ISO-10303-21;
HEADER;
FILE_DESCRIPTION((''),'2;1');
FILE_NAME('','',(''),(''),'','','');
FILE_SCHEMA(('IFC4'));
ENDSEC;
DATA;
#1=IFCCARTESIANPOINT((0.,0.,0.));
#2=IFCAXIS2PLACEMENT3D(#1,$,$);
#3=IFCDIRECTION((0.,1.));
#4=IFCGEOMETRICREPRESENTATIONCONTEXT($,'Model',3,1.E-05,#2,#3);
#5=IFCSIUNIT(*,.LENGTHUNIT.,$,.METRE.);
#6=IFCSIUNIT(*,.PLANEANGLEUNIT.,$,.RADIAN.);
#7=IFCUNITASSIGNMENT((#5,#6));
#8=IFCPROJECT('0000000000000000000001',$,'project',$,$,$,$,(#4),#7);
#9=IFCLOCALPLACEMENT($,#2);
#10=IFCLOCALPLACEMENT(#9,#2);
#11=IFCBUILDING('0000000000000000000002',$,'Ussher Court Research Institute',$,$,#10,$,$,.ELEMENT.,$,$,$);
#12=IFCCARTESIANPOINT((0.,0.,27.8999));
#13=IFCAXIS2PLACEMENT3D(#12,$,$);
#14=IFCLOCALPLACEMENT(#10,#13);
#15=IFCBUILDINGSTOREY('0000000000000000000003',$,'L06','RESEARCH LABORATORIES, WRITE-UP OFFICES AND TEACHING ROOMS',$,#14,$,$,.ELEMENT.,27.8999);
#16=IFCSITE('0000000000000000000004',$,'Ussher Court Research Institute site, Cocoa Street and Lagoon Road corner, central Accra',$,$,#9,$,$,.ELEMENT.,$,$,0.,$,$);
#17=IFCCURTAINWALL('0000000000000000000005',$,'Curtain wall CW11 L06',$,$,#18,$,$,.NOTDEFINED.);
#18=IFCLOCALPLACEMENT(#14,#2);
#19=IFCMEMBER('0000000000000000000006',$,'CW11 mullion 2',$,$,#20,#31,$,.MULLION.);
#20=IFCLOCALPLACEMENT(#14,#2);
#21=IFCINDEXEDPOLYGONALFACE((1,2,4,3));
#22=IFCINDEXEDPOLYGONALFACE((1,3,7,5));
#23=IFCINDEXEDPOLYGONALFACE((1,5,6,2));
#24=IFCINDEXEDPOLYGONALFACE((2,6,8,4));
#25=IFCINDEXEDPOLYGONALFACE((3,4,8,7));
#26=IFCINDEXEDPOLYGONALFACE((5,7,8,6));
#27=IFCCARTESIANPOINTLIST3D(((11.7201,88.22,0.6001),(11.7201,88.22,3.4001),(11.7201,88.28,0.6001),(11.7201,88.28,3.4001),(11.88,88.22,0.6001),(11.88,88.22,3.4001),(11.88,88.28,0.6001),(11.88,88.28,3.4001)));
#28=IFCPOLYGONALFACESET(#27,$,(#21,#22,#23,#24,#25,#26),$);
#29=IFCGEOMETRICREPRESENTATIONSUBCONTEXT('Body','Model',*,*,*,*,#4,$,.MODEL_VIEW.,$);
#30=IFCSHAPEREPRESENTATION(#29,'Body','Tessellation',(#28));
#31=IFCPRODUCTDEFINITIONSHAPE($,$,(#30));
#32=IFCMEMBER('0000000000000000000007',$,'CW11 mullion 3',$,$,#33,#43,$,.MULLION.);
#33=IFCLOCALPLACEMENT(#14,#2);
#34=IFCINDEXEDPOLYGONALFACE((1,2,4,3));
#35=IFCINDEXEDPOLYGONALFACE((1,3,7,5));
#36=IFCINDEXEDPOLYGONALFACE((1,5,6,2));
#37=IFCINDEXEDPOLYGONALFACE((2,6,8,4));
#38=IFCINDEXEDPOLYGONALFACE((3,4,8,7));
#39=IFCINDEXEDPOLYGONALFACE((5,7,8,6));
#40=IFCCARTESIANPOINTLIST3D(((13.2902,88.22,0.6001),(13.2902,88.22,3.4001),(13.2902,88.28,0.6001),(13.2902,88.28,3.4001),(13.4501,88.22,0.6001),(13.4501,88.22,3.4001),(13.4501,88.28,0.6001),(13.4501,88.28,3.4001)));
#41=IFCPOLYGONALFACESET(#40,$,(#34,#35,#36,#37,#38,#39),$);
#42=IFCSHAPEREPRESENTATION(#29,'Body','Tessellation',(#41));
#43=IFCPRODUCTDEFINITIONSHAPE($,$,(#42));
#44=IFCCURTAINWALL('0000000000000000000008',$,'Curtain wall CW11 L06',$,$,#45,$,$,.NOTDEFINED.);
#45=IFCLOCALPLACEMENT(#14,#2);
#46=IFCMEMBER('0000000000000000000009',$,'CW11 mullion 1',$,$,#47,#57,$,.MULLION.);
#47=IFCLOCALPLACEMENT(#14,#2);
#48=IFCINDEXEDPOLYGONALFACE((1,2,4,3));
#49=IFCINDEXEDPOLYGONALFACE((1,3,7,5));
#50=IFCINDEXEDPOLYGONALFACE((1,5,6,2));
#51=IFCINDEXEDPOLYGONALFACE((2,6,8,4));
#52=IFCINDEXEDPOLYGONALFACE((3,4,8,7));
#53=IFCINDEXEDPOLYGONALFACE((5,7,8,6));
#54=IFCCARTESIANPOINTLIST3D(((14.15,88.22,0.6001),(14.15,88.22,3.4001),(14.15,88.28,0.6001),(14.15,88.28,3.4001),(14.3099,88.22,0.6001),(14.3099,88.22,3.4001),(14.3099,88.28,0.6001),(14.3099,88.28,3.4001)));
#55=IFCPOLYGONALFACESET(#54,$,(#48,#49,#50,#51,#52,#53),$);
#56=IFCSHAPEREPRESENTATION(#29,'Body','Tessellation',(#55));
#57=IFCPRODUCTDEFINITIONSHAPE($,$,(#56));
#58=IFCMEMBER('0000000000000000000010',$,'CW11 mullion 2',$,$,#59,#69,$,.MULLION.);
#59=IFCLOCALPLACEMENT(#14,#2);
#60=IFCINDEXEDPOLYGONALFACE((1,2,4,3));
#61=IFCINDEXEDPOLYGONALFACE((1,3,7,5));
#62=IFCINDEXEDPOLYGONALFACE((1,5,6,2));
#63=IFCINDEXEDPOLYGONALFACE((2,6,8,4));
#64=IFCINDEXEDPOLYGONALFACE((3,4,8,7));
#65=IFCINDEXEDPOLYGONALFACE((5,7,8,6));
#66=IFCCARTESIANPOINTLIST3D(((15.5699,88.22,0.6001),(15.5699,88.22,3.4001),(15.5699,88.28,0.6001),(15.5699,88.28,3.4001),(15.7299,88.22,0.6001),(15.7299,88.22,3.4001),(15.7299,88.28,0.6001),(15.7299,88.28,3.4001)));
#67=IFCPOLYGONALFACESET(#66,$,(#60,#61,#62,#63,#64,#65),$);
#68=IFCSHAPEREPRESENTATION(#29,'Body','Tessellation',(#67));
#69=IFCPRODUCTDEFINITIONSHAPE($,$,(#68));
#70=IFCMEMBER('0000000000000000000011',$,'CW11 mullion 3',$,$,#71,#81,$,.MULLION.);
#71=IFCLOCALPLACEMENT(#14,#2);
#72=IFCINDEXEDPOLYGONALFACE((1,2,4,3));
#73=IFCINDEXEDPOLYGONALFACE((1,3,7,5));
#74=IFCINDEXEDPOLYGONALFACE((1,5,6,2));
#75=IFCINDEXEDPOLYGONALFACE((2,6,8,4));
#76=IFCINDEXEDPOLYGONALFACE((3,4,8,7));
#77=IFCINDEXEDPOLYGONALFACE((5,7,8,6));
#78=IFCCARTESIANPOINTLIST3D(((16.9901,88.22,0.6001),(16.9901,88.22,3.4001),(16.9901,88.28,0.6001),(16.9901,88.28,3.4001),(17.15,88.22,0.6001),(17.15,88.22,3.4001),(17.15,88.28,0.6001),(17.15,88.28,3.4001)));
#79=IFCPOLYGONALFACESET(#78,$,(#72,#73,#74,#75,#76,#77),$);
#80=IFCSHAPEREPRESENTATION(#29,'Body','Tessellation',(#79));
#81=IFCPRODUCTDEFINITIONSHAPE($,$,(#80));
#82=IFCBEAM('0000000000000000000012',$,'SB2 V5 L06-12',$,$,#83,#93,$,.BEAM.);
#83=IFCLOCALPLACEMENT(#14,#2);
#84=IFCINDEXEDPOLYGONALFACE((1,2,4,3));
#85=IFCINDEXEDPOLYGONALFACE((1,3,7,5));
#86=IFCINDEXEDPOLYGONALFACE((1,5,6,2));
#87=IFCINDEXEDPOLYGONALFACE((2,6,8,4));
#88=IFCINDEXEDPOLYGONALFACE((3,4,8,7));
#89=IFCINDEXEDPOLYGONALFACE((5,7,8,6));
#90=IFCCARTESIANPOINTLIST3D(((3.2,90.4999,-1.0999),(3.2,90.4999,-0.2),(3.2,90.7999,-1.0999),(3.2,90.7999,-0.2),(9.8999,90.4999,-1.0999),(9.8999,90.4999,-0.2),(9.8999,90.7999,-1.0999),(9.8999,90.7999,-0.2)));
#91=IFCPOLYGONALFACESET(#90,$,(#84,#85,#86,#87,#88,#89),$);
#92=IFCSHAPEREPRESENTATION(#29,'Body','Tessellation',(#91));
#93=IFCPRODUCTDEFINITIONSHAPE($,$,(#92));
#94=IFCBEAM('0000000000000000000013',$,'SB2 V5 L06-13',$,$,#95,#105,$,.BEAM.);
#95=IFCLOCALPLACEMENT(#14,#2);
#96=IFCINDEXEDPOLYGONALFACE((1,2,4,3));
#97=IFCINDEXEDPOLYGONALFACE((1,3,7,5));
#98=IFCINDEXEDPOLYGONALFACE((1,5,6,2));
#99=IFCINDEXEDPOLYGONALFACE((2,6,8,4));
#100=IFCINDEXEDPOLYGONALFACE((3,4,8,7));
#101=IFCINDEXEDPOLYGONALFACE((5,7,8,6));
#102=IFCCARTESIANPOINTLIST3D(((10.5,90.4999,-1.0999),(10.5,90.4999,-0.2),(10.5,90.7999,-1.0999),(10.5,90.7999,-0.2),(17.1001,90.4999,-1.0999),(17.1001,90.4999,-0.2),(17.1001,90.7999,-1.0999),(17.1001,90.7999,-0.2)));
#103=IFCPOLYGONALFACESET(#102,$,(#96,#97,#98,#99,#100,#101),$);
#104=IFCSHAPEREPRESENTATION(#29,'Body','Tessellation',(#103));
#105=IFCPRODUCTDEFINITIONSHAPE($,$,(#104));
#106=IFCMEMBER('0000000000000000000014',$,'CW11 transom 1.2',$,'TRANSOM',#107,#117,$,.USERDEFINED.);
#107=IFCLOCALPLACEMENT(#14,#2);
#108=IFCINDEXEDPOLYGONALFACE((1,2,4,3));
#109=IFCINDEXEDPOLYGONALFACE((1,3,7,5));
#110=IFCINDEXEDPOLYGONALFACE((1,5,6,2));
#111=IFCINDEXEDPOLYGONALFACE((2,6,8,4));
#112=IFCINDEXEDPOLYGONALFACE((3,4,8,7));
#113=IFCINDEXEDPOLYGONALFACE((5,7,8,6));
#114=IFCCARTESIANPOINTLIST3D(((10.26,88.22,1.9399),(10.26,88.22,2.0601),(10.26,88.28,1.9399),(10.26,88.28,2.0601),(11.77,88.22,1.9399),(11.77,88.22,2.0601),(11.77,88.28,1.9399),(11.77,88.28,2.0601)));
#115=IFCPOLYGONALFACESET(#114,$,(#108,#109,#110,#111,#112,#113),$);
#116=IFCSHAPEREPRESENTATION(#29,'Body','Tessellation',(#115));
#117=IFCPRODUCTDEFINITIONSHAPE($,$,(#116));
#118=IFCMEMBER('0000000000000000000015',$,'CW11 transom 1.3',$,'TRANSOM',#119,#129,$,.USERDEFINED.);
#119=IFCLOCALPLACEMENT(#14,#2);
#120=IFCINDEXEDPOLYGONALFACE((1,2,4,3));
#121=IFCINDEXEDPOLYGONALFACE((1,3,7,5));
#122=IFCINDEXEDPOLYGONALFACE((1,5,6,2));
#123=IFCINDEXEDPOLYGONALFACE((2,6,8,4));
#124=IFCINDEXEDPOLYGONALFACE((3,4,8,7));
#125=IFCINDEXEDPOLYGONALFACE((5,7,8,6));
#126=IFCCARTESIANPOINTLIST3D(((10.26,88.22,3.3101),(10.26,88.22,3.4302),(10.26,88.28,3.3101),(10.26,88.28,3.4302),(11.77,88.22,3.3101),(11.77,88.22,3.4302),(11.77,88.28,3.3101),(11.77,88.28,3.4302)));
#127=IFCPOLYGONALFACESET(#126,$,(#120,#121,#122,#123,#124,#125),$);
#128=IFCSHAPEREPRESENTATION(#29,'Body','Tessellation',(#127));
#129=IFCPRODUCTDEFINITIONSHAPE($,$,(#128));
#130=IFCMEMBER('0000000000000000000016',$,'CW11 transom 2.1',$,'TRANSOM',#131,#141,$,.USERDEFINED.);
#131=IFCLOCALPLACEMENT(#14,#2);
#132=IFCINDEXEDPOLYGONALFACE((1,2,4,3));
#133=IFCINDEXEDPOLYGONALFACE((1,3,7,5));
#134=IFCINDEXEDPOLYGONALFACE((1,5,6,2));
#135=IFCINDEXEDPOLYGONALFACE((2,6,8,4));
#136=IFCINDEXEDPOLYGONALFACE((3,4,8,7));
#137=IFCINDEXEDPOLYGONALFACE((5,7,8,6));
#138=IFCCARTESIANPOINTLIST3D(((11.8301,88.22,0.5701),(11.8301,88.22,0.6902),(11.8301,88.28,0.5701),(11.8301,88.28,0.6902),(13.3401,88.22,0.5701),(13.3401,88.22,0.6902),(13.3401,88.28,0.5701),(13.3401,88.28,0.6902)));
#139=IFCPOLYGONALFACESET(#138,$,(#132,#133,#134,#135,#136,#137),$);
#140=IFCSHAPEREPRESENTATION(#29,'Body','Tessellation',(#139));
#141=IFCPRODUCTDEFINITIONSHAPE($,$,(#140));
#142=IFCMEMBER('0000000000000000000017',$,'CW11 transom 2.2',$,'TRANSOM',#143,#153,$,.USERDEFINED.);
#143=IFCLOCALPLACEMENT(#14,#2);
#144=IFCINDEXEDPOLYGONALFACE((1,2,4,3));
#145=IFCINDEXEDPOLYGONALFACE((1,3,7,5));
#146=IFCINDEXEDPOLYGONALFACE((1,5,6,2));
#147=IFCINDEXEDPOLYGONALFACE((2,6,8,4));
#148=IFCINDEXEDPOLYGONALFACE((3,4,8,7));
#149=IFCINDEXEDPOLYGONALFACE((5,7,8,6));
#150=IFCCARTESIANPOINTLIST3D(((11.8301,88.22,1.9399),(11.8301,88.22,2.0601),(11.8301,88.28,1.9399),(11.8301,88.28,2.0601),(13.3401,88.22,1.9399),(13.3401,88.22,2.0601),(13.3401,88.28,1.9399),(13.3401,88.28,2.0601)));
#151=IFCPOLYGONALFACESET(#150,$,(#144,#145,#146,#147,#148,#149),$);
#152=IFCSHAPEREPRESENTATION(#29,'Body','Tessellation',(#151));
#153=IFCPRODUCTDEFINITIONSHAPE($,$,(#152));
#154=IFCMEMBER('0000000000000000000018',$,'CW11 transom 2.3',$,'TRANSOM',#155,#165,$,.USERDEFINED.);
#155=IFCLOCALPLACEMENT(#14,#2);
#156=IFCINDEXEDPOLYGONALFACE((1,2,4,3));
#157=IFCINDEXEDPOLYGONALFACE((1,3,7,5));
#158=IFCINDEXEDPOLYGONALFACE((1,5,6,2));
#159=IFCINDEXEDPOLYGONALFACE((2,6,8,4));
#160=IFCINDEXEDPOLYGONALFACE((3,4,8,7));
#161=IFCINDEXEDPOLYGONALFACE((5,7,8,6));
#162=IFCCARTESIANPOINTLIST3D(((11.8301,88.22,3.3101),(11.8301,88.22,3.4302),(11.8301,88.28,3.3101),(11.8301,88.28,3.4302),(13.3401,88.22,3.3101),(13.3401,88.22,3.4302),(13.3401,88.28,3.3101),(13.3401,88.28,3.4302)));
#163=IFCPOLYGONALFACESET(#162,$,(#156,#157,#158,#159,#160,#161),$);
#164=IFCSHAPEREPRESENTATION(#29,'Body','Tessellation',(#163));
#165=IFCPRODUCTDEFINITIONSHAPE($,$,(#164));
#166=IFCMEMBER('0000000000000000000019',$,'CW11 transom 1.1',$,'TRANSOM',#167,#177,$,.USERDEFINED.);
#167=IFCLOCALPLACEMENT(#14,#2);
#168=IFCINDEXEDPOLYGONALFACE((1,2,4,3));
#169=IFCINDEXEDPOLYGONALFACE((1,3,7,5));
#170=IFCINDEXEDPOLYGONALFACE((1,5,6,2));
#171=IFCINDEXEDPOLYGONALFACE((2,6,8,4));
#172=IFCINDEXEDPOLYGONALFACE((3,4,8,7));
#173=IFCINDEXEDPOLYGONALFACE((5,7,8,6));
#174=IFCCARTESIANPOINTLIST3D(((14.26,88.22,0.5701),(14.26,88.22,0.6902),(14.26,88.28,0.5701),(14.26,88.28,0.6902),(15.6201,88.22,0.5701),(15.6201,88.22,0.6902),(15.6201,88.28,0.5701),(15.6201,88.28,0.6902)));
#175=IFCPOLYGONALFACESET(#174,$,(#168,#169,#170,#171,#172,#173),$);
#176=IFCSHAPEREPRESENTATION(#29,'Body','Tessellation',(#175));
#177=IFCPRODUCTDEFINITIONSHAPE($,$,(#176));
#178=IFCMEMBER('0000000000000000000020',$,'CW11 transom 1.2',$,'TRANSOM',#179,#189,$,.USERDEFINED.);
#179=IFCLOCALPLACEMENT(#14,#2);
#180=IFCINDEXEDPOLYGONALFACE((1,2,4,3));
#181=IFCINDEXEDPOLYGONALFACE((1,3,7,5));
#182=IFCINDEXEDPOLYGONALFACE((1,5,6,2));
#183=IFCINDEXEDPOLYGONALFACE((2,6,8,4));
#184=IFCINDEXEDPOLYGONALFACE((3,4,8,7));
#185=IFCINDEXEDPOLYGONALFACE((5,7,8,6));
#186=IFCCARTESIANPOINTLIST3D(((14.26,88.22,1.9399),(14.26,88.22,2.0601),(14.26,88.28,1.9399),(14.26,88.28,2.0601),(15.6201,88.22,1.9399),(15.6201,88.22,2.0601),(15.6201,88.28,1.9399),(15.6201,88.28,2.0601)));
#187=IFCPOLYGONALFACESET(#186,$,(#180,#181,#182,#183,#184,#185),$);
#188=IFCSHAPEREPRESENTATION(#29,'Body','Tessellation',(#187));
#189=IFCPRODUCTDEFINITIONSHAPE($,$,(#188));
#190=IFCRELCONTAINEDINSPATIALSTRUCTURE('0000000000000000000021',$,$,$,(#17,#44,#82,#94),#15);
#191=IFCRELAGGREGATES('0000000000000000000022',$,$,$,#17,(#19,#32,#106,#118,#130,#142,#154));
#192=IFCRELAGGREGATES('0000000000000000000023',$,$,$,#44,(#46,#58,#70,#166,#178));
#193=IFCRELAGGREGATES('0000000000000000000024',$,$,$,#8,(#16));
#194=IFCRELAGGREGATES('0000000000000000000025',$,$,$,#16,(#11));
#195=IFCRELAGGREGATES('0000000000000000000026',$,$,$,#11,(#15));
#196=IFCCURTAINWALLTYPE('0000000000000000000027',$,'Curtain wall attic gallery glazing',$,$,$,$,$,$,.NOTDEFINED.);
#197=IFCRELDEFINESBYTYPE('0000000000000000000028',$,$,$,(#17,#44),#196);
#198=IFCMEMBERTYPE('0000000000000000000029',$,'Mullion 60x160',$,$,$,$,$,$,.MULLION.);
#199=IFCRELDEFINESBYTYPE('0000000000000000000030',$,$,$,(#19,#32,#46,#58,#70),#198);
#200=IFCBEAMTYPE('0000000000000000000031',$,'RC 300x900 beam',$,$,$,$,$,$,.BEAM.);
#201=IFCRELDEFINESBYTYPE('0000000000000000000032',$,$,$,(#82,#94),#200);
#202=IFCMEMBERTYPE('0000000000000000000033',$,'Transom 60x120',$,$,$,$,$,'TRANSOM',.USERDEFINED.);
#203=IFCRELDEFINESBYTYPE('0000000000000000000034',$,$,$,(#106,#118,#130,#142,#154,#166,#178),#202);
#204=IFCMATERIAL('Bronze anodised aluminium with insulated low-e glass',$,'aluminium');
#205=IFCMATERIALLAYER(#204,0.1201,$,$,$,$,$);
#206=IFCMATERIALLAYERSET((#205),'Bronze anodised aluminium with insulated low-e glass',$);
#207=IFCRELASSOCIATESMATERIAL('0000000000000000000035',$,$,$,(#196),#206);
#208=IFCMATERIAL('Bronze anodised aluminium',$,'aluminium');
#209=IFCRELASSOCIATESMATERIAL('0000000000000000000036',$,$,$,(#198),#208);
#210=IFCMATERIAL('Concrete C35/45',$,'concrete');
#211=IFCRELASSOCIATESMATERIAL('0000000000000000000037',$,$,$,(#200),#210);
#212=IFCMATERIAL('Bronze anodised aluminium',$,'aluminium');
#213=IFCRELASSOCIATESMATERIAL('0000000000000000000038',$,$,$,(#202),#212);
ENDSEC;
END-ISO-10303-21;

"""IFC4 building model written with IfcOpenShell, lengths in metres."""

from ifc_helpers import new_model, si_unit, direction, frame, origin, origin_2d, place, context, subcontext, project, spatial, rectangle, extrude, material, layer, layer_set, material_profile, profile_set, type_object, element, aggregate, save


model = new_model("IFC4")

# Units and contexts
model_context = context("Model", 3, precision=1e-05, world=origin(), true_north=direction((0.0, 1.0)))
body_context = subcontext(model_context, "Body", "Model", "MODEL_VIEW")
ifc_project = project(units=[si_unit("LENGTHUNIT", "METRE"), si_unit("PLANEANGLEUNIT", "RADIAN")], contexts=[model_context])

# Site, building, storey
site_placement = place(None, origin())
site = spatial("IfcSite", under=ifc_project, at=site_placement, Name="Ussher Court Research Institute site, Cocoa Street and Lagoon Road corner, central Accra", CompositionType="ELEMENT", RefElevation=0.0)
building_placement = place(site_placement, origin())
building = spatial("IfcBuilding", under=site, at=building_placement, Name="Ussher Court Research Institute", CompositionType="ELEMENT")
storey_placement = place(building_placement, frame((0.0, 0.0, 27.8999)))
storey = spatial("IfcBuildingStorey", under=building, at=storey_placement, Name="L06", Description="RESEARCH LABORATORIES, WRITE-UP OFFICES AND TEACHING ROOMS", CompositionType="ELEMENT", Elevation=27.8999)

# Curtain walls, members
ifc_material_1 = material(Name="Bronze anodised aluminium with insulated low-e glass", Category="aluminium")
ifc_layer_1 = layer(ifc_material_1, 0.1201)
ifc_layer_set_1 = layer_set([ifc_layer_1], Name="Bronze anodised aluminium with insulated low-e glass")
curtain_wall_type = type_object("IfcCurtainWallType", Name="Curtain wall attic gallery glazing", PredefinedType="NOTDEFINED", material=ifc_layer_set_1)
curtain_wall_1_placement = place(storey_placement, origin())
curtain_wall_1 = element("IfcCurtainWall", 1, at=curtain_wall_1_placement, inside=storey, type_object=curtain_wall_type, Name="Curtain wall CW11 L06", PredefinedType="NOTDEFINED")
ifc_material_2 = material(Name="Bronze anodised aluminium", Category="aluminium")
ifc_material_profile_1 = material_profile(ifc_material_2, rectangle(XDim=0.0601, YDim=0.1599, at=origin_2d()), Name="Mullion 60x160")
ifc_profile_set_1 = profile_set([ifc_material_profile_1], Name="Bronze anodised aluminium")
member_type_1 = type_object("IfcMemberType", Name="Mullion 60x160", PredefinedType="MULLION", material=ifc_profile_set_1)
member_1_placement = place(storey_placement, frame((11.8, 88.25, 0.6001), z_axis=(0.0, 0.0, 1.0), x_axis=(0.0, 1.0, 0.0)))
member_1 = element("IfcMember", 2, at=member_1_placement, type_object=member_type_1, Name="CW11 mullion 2", PredefinedType="MULLION", context=body_context, shape_type="SweptSolid", body=[
    extrude(rectangle(XDim=0.0601, YDim=0.1599, at=origin_2d()), origin(), (0.0, 0.0, 1.0), 2.8),
])
member_2_placement = place(storey_placement, frame((13.3701, 88.25, 0.6001), z_axis=(0.0, 0.0, 1.0), x_axis=(0.0, 1.0, 0.0)))
member_2 = element("IfcMember", 3, at=member_2_placement, type_object=member_type_1, Name="CW11 mullion 3", PredefinedType="MULLION", context=body_context, shape_type="SweptSolid", body=[
    extrude(rectangle(XDim=0.0601, YDim=0.1599, at=origin_2d()), origin(), (0.0, 0.0, 1.0), 2.8),
])
curtain_wall_2_placement = place(storey_placement, origin())
curtain_wall_2 = element("IfcCurtainWall", 4, at=curtain_wall_2_placement, inside=storey, type_object=curtain_wall_type, Name="Curtain wall CW11 L06", PredefinedType="NOTDEFINED")
member_3_placement = place(storey_placement, frame((14.23, 88.25, 0.6001), z_axis=(0.0, 0.0, 1.0), x_axis=(0.0, 1.0, 0.0)))
member_3 = element("IfcMember", 5, at=member_3_placement, type_object=member_type_1, Name="CW11 mullion 1", PredefinedType="MULLION", context=body_context, shape_type="SweptSolid", body=[
    extrude(rectangle(XDim=0.0601, YDim=0.1599, at=origin_2d()), origin(), (0.0, 0.0, 1.0), 2.8),
])
member_4_placement = place(storey_placement, frame((15.6499, 88.25, 0.6001), z_axis=(0.0, 0.0, 1.0), x_axis=(0.0, 1.0, 0.0)))
member_4 = element("IfcMember", 6, at=member_4_placement, type_object=member_type_1, Name="CW11 mullion 2", PredefinedType="MULLION", context=body_context, shape_type="SweptSolid", body=[
    extrude(rectangle(XDim=0.0601, YDim=0.1599, at=origin_2d()), origin(), (0.0, 0.0, 1.0), 2.8),
])
member_5_placement = place(storey_placement, frame((17.0701, 88.25, 0.6001), z_axis=(0.0, 0.0, 1.0), x_axis=(0.0, 1.0, 0.0)))
member_5 = element("IfcMember", 7, at=member_5_placement, type_object=member_type_1, Name="CW11 mullion 3", PredefinedType="MULLION", context=body_context, shape_type="SweptSolid", body=[
    extrude(rectangle(XDim=0.0601, YDim=0.1599, at=origin_2d()), origin(), (0.0, 0.0, 1.0), 2.8),
])

# Beams
ifc_material_3 = material(Name="Concrete C35/45", Category="concrete")
ifc_material_profile_2 = material_profile(ifc_material_3, rectangle(XDim=0.3, YDim=0.8999, at=origin_2d()), Name="RC 300x900")
ifc_profile_set_2 = profile_set([ifc_material_profile_2], Name="Concrete C35/45")
beam_type = type_object("IfcBeamType", Name="RC 300x900 beam", PredefinedType="BEAM", material=ifc_profile_set_2)
beam_1_placement = place(storey_placement, frame((3.2, 90.6499, -0.6499), z_axis=(1.0, 0.0, 0.0), x_axis=(0.0, 1.0, 0.0)))
element("IfcBeam", 8, at=beam_1_placement, inside=storey, type_object=beam_type, Name="SB2 V5 L06-12", PredefinedType="BEAM", context=body_context, shape_type="SweptSolid", body=[
    extrude(rectangle(XDim=0.3, YDim=0.8999, at=origin_2d()), origin(), (0.0, 0.0, 1.0), 6.7),
])
beam_2_placement = place(storey_placement, frame((10.5, 90.6499, -0.6499), z_axis=(1.0, 0.0, 0.0), x_axis=(0.0, 1.0, 0.0)))
element("IfcBeam", 9, at=beam_2_placement, inside=storey, type_object=beam_type, Name="SB2 V5 L06-13", PredefinedType="BEAM", context=body_context, shape_type="SweptSolid", body=[
    extrude(rectangle(XDim=0.3, YDim=0.8999, at=origin_2d()), origin(), (0.0, 0.0, 1.0), 6.6001),
])

# Members
ifc_material_4 = material(Name="Bronze anodised aluminium", Category="aluminium")
ifc_material_profile_3 = material_profile(ifc_material_4, rectangle(XDim=0.0601, YDim=0.1201, at=origin_2d()), Name="Transom 60x120")
ifc_profile_set_3 = profile_set([ifc_material_profile_3], Name="Bronze anodised aluminium")
member_type_2 = type_object("IfcMemberType", Name="Transom 60x120", ElementType="TRANSOM", PredefinedType="USERDEFINED", material=ifc_profile_set_3)
member_6_placement = place(storey_placement, frame((10.26, 88.25, 2.0), z_axis=(1.0, 0.0, 0.0), x_axis=(0.0, 1.0, 0.0)))
member_6 = element("IfcMember", 10, at=member_6_placement, type_object=member_type_2, Name="CW11 transom 1.2", ObjectType="TRANSOM", PredefinedType="USERDEFINED", context=body_context, shape_type="SweptSolid", body=[
    extrude(rectangle(XDim=0.0601, YDim=0.1201, at=origin_2d()), origin(), (0.0, 0.0, 1.0), 1.51),
])
member_7_placement = place(storey_placement, frame((10.26, 88.25, 3.3701), z_axis=(1.0, 0.0, 0.0), x_axis=(0.0, 1.0, 0.0)))
member_7 = element("IfcMember", 11, at=member_7_placement, type_object=member_type_2, Name="CW11 transom 1.3", ObjectType="TRANSOM", PredefinedType="USERDEFINED", context=body_context, shape_type="SweptSolid", body=[
    extrude(rectangle(XDim=0.0601, YDim=0.1201, at=origin_2d()), origin(), (0.0, 0.0, 1.0), 1.51),
])
member_8_placement = place(storey_placement, frame((11.8301, 88.25, 0.6301), z_axis=(1.0, 0.0, 0.0), x_axis=(0.0, 1.0, 0.0)))
member_8 = element("IfcMember", 12, at=member_8_placement, type_object=member_type_2, Name="CW11 transom 2.1", ObjectType="TRANSOM", PredefinedType="USERDEFINED", context=body_context, shape_type="SweptSolid", body=[
    extrude(rectangle(XDim=0.0601, YDim=0.1201, at=origin_2d()), origin(), (0.0, 0.0, 1.0), 1.51),
])
member_9_placement = place(storey_placement, frame((11.8301, 88.25, 2.0), z_axis=(1.0, 0.0, 0.0), x_axis=(0.0, 1.0, 0.0)))
member_9 = element("IfcMember", 13, at=member_9_placement, type_object=member_type_2, Name="CW11 transom 2.2", ObjectType="TRANSOM", PredefinedType="USERDEFINED", context=body_context, shape_type="SweptSolid", body=[
    extrude(rectangle(XDim=0.0601, YDim=0.1201, at=origin_2d()), origin(), (0.0, 0.0, 1.0), 1.51),
])
member_10_placement = place(storey_placement, frame((11.8301, 88.25, 3.3701), z_axis=(1.0, 0.0, 0.0), x_axis=(0.0, 1.0, 0.0)))
member_10 = element("IfcMember", 14, at=member_10_placement, type_object=member_type_2, Name="CW11 transom 2.3", ObjectType="TRANSOM", PredefinedType="USERDEFINED", context=body_context, shape_type="SweptSolid", body=[
    extrude(rectangle(XDim=0.0601, YDim=0.1201, at=origin_2d()), origin(), (0.0, 0.0, 1.0), 1.51),
])
member_11_placement = place(storey_placement, frame((14.26, 88.25, 0.6301), z_axis=(1.0, 0.0, 0.0), x_axis=(0.0, 1.0, 0.0)))
member_11 = element("IfcMember", 15, at=member_11_placement, type_object=member_type_2, Name="CW11 transom 1.1", ObjectType="TRANSOM", PredefinedType="USERDEFINED", context=body_context, shape_type="SweptSolid", body=[
    extrude(rectangle(XDim=0.0601, YDim=0.1201, at=origin_2d()), origin(), (0.0, 0.0, 1.0), 1.3601),
])
member_12_placement = place(storey_placement, frame((14.26, 88.25, 2.0), z_axis=(1.0, 0.0, 0.0), x_axis=(0.0, 1.0, 0.0)))
member_12 = element("IfcMember", 16, at=member_12_placement, type_object=member_type_2, Name="CW11 transom 1.2", ObjectType="TRANSOM", PredefinedType="USERDEFINED", context=body_context, shape_type="SweptSolid", body=[
    extrude(rectangle(XDim=0.0601, YDim=0.1201, at=origin_2d()), origin(), (0.0, 0.0, 1.0), 1.3601),
])

aggregate(curtain_wall_1, [member_1, member_2, member_6, member_7, member_8, member_9, member_10])
aggregate(curtain_wall_2, [member_3, member_4, member_5, member_11, member_12])

save(model, "model.ifc")
